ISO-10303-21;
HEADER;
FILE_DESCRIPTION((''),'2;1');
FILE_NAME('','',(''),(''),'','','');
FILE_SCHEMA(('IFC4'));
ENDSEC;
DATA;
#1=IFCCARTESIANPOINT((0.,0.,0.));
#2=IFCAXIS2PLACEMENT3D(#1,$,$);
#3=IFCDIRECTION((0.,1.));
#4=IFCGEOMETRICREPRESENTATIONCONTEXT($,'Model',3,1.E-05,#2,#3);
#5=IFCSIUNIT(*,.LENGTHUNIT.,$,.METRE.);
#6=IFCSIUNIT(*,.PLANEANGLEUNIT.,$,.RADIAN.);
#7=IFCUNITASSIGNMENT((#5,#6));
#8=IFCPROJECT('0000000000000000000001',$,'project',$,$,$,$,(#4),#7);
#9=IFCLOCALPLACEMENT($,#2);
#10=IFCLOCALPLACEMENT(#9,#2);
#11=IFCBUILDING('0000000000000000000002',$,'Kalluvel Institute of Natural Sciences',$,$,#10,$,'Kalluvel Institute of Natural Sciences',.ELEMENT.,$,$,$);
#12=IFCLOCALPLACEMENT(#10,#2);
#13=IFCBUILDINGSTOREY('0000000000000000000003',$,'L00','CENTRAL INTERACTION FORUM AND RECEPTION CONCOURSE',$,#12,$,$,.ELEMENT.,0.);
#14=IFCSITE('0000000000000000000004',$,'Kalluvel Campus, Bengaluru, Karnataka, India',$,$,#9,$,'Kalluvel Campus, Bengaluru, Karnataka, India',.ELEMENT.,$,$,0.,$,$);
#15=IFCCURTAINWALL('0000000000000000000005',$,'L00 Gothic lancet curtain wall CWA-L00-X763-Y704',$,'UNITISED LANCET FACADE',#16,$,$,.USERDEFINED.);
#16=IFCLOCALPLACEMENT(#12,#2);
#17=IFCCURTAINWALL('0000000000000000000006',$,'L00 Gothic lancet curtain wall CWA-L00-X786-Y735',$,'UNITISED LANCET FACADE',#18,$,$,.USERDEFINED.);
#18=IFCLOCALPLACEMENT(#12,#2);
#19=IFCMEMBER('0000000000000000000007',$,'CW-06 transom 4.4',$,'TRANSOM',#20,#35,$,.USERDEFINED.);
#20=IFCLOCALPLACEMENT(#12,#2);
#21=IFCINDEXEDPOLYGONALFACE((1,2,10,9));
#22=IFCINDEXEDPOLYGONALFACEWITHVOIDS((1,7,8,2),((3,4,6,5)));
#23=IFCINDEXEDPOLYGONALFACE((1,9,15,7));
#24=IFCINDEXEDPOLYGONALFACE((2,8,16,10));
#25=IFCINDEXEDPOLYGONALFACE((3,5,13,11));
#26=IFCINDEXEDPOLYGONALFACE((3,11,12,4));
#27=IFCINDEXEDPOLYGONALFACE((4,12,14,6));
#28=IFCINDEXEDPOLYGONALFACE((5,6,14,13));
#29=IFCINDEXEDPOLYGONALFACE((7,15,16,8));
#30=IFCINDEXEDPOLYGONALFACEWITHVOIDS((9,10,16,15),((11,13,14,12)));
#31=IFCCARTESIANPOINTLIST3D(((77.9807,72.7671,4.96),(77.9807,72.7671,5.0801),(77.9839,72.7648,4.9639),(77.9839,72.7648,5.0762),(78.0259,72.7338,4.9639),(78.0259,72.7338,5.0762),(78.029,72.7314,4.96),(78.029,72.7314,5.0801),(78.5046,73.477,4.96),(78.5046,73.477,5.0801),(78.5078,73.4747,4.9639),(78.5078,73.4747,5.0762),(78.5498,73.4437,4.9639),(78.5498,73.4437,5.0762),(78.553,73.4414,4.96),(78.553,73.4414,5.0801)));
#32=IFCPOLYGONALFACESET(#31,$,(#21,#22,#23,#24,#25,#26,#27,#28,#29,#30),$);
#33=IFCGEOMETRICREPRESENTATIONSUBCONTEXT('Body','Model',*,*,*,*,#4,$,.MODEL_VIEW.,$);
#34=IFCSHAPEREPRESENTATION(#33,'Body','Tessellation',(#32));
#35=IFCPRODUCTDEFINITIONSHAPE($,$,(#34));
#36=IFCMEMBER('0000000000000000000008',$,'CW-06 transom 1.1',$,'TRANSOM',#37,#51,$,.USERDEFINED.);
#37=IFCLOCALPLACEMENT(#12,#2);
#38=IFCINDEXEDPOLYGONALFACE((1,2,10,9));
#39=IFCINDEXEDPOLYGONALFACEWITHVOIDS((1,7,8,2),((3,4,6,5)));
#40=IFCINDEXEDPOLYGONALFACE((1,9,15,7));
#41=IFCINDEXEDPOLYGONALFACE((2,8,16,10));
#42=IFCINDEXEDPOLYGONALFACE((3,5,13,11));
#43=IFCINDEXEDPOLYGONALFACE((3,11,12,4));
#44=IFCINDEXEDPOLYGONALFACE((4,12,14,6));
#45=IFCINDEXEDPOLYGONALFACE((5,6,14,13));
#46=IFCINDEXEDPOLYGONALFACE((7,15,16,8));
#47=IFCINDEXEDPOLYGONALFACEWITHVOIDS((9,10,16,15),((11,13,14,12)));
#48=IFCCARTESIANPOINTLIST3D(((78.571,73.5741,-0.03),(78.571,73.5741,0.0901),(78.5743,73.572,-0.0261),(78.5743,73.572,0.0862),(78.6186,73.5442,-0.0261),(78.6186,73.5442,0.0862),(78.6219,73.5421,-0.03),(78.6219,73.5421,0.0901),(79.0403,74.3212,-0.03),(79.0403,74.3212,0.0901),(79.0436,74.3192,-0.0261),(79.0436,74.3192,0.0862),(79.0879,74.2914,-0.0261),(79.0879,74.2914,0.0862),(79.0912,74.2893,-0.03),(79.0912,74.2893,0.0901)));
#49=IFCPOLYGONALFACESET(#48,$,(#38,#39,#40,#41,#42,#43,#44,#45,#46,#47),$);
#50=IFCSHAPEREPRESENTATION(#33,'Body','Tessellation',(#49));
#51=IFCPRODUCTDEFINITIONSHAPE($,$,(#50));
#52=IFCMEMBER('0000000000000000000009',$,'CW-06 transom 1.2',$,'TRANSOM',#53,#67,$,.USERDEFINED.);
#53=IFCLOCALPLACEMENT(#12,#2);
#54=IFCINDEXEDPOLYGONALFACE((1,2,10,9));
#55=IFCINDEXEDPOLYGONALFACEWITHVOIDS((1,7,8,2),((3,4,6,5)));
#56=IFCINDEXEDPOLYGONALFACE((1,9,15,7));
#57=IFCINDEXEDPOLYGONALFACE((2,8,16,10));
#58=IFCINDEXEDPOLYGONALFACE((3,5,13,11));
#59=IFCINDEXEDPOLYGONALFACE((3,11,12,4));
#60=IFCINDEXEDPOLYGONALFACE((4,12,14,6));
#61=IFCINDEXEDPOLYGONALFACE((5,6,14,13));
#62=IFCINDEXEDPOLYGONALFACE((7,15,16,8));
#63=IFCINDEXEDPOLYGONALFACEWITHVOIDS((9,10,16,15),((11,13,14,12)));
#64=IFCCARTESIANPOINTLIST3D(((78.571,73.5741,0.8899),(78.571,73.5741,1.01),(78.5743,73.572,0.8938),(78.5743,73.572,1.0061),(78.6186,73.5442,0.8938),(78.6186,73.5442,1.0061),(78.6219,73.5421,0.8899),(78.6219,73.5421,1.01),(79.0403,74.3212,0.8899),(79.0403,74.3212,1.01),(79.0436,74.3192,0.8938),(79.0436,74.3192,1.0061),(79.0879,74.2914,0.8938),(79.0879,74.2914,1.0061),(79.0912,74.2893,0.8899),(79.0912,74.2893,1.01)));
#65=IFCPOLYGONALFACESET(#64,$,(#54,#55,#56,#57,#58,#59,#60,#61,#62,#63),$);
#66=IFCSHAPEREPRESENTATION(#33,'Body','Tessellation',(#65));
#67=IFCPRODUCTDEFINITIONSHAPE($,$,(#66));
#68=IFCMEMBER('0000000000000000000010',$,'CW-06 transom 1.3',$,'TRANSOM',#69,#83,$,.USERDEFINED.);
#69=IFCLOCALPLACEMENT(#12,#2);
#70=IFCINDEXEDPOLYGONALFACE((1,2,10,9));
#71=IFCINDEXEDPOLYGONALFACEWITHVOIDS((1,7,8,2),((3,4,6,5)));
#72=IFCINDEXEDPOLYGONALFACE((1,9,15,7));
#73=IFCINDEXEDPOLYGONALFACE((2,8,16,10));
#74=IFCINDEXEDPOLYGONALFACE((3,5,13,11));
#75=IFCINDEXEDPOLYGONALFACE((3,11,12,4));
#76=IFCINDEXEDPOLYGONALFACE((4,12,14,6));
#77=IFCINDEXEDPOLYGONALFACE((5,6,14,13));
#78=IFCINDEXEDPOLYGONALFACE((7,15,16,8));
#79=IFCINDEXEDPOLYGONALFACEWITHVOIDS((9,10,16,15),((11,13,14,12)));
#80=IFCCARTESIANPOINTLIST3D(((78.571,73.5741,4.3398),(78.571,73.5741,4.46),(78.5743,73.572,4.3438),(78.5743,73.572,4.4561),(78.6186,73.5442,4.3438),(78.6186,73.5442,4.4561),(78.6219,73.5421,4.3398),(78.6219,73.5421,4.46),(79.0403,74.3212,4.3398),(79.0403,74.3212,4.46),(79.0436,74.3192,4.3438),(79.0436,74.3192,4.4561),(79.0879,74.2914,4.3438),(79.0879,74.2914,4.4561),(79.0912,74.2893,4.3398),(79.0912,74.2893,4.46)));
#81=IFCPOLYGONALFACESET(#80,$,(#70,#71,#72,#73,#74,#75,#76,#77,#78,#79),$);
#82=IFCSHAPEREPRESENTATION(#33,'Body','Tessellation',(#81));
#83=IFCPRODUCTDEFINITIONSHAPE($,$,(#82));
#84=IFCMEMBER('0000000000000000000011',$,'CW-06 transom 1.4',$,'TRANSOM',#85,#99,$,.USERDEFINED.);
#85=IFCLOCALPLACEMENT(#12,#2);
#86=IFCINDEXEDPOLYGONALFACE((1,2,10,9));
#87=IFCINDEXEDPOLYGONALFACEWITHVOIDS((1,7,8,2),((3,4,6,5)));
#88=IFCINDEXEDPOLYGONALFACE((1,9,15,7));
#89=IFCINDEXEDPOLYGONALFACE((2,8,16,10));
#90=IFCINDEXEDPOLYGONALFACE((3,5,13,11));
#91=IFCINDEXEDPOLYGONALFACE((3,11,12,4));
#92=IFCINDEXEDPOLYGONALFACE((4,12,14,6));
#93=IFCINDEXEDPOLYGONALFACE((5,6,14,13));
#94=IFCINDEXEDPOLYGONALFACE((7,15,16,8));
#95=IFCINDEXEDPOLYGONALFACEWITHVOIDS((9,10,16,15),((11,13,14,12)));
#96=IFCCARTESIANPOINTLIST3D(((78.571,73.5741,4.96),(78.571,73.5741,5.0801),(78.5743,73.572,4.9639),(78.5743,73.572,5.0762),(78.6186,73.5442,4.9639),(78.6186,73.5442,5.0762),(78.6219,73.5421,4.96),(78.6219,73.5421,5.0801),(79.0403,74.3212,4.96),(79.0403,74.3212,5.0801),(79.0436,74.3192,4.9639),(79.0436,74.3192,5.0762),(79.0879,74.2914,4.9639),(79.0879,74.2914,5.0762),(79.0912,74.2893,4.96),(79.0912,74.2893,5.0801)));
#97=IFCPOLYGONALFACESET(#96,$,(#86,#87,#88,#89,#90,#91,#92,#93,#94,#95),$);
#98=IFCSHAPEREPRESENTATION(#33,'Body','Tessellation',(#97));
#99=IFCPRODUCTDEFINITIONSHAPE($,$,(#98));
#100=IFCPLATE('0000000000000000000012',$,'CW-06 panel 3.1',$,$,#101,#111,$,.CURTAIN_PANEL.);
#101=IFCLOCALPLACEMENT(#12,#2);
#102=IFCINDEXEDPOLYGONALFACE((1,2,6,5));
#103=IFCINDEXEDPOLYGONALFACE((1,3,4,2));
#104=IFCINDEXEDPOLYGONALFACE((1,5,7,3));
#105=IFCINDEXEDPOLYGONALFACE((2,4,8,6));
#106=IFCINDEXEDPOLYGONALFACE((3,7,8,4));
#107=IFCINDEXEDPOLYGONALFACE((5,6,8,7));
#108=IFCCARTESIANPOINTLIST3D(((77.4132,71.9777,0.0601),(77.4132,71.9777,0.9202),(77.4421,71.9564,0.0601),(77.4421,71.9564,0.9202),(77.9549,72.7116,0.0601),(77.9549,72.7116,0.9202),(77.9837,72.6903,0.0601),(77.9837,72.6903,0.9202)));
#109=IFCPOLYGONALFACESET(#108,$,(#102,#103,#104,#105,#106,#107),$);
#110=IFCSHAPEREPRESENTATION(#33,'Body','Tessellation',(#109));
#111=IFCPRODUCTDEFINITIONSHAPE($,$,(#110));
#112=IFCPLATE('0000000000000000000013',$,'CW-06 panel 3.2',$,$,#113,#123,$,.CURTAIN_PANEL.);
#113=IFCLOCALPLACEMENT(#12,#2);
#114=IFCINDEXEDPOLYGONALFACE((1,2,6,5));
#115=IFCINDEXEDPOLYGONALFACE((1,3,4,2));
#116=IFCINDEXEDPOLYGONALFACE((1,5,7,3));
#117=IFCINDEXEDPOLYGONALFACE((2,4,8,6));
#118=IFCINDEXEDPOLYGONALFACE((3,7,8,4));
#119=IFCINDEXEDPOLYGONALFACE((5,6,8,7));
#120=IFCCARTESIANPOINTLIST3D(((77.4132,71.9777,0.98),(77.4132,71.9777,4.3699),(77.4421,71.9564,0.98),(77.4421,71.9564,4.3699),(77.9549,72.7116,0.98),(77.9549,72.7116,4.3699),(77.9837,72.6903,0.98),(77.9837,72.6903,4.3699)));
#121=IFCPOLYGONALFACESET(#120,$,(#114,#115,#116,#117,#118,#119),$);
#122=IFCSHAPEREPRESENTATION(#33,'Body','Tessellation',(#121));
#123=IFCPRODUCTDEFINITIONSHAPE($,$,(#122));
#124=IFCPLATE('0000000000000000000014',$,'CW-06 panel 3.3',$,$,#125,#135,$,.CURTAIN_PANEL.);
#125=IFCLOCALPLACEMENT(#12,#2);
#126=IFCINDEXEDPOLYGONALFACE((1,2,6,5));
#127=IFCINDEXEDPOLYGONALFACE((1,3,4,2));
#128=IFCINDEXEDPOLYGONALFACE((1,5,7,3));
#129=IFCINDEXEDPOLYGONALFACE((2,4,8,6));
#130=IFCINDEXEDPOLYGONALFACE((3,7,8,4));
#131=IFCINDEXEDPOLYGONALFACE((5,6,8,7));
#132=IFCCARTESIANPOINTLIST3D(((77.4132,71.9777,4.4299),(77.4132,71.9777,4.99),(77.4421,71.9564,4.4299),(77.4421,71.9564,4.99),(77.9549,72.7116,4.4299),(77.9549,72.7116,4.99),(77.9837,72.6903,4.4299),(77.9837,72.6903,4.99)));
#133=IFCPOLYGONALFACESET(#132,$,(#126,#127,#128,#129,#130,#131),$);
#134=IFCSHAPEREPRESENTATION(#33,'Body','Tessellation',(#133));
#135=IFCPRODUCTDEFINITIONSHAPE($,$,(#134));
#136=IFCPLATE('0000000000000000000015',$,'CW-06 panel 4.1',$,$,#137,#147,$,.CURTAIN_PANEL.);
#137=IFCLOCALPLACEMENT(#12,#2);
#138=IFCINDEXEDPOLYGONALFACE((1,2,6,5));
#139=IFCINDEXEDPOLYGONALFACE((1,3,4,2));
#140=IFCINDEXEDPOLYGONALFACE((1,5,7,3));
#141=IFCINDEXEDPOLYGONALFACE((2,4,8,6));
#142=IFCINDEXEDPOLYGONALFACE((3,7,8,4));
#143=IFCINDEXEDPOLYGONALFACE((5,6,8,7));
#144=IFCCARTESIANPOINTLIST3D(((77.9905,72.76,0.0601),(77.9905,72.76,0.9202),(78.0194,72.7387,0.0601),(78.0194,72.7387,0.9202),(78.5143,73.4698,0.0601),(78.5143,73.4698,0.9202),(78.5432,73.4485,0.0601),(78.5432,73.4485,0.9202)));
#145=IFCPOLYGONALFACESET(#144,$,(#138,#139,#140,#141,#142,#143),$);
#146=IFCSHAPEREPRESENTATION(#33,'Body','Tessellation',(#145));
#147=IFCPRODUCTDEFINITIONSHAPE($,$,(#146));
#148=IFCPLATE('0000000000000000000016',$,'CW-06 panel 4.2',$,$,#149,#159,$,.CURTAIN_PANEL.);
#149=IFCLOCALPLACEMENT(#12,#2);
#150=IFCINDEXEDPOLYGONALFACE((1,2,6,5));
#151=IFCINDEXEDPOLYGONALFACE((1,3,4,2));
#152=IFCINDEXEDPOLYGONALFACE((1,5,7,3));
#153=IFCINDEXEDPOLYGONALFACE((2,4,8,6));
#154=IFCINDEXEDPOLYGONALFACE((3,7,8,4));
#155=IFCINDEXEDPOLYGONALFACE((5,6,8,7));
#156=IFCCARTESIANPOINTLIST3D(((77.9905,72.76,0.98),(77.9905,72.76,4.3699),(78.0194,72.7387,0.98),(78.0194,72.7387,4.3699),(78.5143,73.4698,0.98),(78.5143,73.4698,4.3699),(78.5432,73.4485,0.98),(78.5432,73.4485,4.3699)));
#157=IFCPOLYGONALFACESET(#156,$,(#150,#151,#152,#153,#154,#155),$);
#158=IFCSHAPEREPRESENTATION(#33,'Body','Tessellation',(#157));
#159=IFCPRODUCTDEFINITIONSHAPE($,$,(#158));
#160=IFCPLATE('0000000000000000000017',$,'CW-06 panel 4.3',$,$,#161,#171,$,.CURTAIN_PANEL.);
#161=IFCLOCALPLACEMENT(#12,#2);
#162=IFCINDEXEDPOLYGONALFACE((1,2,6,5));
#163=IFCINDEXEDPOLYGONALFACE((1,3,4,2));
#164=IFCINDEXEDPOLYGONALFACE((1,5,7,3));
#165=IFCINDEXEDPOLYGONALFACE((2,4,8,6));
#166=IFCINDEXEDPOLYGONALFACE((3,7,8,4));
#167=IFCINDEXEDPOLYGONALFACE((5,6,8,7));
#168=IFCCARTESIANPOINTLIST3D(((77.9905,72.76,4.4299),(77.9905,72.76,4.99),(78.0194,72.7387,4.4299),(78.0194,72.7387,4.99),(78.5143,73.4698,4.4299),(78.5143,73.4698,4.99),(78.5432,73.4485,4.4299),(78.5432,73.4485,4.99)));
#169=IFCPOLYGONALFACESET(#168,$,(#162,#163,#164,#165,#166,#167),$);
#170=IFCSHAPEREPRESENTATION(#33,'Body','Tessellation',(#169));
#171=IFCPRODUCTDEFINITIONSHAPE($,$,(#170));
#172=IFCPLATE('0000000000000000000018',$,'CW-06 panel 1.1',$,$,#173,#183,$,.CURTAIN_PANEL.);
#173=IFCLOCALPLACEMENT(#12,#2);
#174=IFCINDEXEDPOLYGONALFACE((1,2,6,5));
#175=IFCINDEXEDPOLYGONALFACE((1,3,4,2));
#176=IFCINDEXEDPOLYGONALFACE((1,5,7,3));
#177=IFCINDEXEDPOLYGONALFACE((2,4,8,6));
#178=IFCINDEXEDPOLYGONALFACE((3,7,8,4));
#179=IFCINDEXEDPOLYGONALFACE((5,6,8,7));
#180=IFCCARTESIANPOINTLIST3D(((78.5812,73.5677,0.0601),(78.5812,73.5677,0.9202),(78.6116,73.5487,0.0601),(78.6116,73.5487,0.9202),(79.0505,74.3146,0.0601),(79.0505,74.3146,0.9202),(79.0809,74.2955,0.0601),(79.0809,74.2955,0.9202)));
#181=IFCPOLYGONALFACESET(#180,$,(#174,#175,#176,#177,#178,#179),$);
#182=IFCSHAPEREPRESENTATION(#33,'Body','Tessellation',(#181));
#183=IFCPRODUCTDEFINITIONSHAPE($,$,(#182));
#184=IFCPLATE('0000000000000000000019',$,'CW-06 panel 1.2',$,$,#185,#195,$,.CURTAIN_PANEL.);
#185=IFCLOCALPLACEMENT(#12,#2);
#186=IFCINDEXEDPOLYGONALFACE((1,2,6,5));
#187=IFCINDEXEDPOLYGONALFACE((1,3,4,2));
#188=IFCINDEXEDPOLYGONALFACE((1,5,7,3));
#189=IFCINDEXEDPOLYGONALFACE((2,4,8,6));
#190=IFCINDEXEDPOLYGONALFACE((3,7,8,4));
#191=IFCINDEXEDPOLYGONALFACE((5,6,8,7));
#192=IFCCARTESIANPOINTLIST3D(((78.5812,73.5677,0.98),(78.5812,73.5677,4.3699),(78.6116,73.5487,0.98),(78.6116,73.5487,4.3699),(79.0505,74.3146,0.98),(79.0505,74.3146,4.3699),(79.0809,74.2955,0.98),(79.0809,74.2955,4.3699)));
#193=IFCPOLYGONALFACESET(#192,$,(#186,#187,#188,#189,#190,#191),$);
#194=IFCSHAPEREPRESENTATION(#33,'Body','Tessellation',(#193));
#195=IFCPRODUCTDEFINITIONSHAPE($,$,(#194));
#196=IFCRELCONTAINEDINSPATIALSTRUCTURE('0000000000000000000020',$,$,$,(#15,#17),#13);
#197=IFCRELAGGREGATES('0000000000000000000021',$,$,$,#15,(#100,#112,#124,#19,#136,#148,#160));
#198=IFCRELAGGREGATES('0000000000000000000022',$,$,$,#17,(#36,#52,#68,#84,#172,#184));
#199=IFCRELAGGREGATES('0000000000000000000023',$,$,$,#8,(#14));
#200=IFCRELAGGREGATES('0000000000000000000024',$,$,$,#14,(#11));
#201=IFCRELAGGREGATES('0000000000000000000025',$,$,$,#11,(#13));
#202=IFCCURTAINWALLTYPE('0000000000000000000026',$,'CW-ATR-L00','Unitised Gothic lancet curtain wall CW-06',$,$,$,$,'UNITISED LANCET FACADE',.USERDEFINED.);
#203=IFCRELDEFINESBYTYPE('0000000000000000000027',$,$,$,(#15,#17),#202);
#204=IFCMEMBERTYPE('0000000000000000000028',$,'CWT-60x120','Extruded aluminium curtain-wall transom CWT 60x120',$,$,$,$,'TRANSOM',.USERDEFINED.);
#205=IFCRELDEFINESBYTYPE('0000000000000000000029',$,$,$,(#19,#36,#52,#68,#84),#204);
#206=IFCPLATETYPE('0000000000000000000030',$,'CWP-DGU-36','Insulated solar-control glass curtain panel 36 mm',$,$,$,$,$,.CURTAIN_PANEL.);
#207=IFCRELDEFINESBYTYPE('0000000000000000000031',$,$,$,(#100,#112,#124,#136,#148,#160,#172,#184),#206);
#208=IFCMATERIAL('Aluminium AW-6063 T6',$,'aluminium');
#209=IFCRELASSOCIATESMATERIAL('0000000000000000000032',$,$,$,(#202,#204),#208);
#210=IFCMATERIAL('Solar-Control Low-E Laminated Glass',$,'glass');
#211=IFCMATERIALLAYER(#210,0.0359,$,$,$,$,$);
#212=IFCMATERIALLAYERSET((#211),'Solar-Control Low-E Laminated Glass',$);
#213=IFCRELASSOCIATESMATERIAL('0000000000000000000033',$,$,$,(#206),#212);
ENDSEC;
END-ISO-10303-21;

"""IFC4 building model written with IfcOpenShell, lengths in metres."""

from ifc_helpers import new_model, si_unit, direction, frame, origin, origin_2d, place, context, subcontext, project, spatial, rectangle, hollow_rectangle, extrude, material, layer, layer_set, material_profile, profile_set, type_object, element, aggregate, save


model = new_model("IFC4")

# Units and contexts
model_context = context("Model", 3, precision=1e-05, world=origin(), true_north=direction((0.0, 1.0)))
body_context = subcontext(model_context, "Body", "Model", "MODEL_VIEW")
ifc_project = project(units=[si_unit("LENGTHUNIT", "METRE"), si_unit("PLANEANGLEUNIT", "RADIAN")], contexts=[model_context])

# Site, building, storey
site_placement = place(None, origin())
site = spatial("IfcSite", under=ifc_project, at=site_placement, Name="Kalluvel Campus, Bengaluru, Karnataka, India", LongName="Kalluvel Campus, Bengaluru, Karnataka, India", CompositionType="ELEMENT", RefElevation=0.0)
building_placement = place(site_placement, origin())
building = spatial("IfcBuilding", under=site, at=building_placement, Name="Kalluvel Institute of Natural Sciences", LongName="Kalluvel Institute of Natural Sciences", CompositionType="ELEMENT")
storey_placement = place(building_placement, origin())
storey = spatial("IfcBuildingStorey", under=building, at=storey_placement, Name="L00", Description="CENTRAL INTERACTION FORUM AND RECEPTION CONCOURSE", CompositionType="ELEMENT", Elevation=0.0)

# Curtain wall
ifc_material_1 = material(Name="Aluminium AW-6063 T6", Category="aluminium")
curtain_wall_type = type_object("IfcCurtainWallType", Name="CW-ATR-L00", Description="Unitised Gothic lancet curtain wall CW-06", ElementType="UNITISED LANCET FACADE", PredefinedType="USERDEFINED", material=ifc_material_1)
curtain_wall_1_placement = place(storey_placement, origin())
curtain_wall_1 = element("IfcCurtainWall", 1, at=curtain_wall_1_placement, inside=storey, type_object=curtain_wall_type, Name="L00 Gothic lancet curtain wall CWA-L00-X763-Y704", ObjectType="UNITISED LANCET FACADE", PredefinedType="USERDEFINED")

# Curtain wall
curtain_wall_2_placement = place(storey_placement, origin())
curtain_wall_2 = element("IfcCurtainWall", 2, at=curtain_wall_2_placement, inside=storey, type_object=curtain_wall_type, Name="L00 Gothic lancet curtain wall CWA-L00-X786-Y735", ObjectType="UNITISED LANCET FACADE", PredefinedType="USERDEFINED")

# Members
ifc_material_profile_1 = material_profile(ifc_material_1, hollow_rectangle(XDim=0.0601, YDim=0.1201, WallThickness=0.0039, at=origin_2d()), Name="CWT 60x120")
ifc_profile_set_1 = profile_set([ifc_material_profile_1], Name="Aluminium AW-6063 T6")
member_type_1 = type_object("IfcMemberType", Name="CWT-60x120", Description="Extruded aluminium curtain-wall transom CWT 60x120", ElementType="TRANSOM", PredefinedType="USERDEFINED", material=ifc_profile_set_1)
member_1_placement = place(storey_placement, frame((78.0049, 72.7493, 5.02), z_axis=(0.593784, 0.804624, 0.0), x_axis=(-0.804624, 0.593784, 0.0)))
member_1 = element("IfcMember", 3, at=member_1_placement, type_object=member_type_1, Name="CW-06 transom 4.4", ObjectType="TRANSOM", PredefinedType="USERDEFINED", context=body_context, shape_type="SweptSolid", body=[
    extrude(hollow_rectangle(XDim=0.0601, YDim=0.1201, WallThickness=0.0039, at=origin_2d()), origin(), (0.0, 0.0, 1.0), 0.8823),
])
member_2_placement = place(storey_placement, frame((78.5964, 73.5581, 0.03), z_axis=(0.531888, 0.846815, 0.0), x_axis=(-0.846815, 0.531888, 0.0)))
member_2 = element("IfcMember", 4, at=member_2_placement, type_object=member_type_1, Name="CW-06 transom 1.1", ObjectType="TRANSOM", PredefinedType="USERDEFINED", context=body_context, shape_type="SweptSolid", body=[
    extrude(hollow_rectangle(XDim=0.0601, YDim=0.1201, WallThickness=0.0039, at=origin_2d()), origin(), (0.0, 0.0, 1.0), 0.8823),
])
member_3_placement = place(storey_placement, frame((78.5964, 73.5581, 0.95), z_axis=(0.531888, 0.846815, 0.0), x_axis=(-0.846815, 0.531888, 0.0)))
member_3 = element("IfcMember", 5, at=member_3_placement, type_object=member_type_1, Name="CW-06 transom 1.2", ObjectType="TRANSOM", PredefinedType="USERDEFINED", context=body_context, shape_type="SweptSolid", body=[
    extrude(hollow_rectangle(XDim=0.0601, YDim=0.1201, WallThickness=0.0039, at=origin_2d()), origin(), (0.0, 0.0, 1.0), 0.8823),
])
member_4_placement = place(storey_placement, frame((78.5964, 73.5581, 4.3999), z_axis=(0.531888, 0.846815, 0.0), x_axis=(-0.846815, 0.531888, 0.0)))
member_4 = element("IfcMember", 6, at=member_4_placement, type_object=member_type_1, Name="CW-06 transom 1.3", ObjectType="TRANSOM", PredefinedType="USERDEFINED", context=body_context, shape_type="SweptSolid", body=[
    extrude(hollow_rectangle(XDim=0.0601, YDim=0.1201, WallThickness=0.0039, at=origin_2d()), origin(), (0.0, 0.0, 1.0), 0.8823),
])
member_5_placement = place(storey_placement, frame((78.5964, 73.5581, 5.02), z_axis=(0.531888, 0.846815, 0.0), x_axis=(-0.846815, 0.531888, 0.0)))
member_5 = element("IfcMember", 7, at=member_5_placement, type_object=member_type_1, Name="CW-06 transom 1.4", ObjectType="TRANSOM", PredefinedType="USERDEFINED", context=body_context, shape_type="SweptSolid", body=[
    extrude(hollow_rectangle(XDim=0.0601, YDim=0.1201, WallThickness=0.0039, at=origin_2d()), origin(), (0.0, 0.0, 1.0), 0.8823),
])

# Plates
ifc_material_2 = material(Name="Solar-Control Low-E Laminated Glass", Category="glass")
ifc_layer = layer(ifc_material_2, 0.0359)
ifc_layer_set = layer_set([ifc_layer], Name="Solar-Control Low-E Laminated Glass")
plate_type = type_object("IfcPlateType", Name="CWP-DGU-36", Description="Insulated solar-control glass curtain panel 36 mm", PredefinedType="CURTAIN_PANEL", material=ifc_layer_set)
plate_1_placement = place(storey_placement, frame((77.6985, 72.334, 0.0601), z_axis=(0.0, 0.0, 1.0), x_axis=(0.593815, 0.804602, 0.0)))
plate_1 = element("IfcPlate", 8, at=plate_1_placement, type_object=plate_type, Name="CW-06 panel 3.1", PredefinedType="CURTAIN_PANEL", context=body_context, shape_type="SweptSolid", body=[
    extrude(rectangle(XDim=0.9121, YDim=0.0359, at=origin_2d()), origin(), (0.0, 0.0, 1.0), 0.8601),
])
plate_2_placement = place(storey_placement, frame((77.6985, 72.334, 0.98), z_axis=(0.0, 0.0, 1.0), x_axis=(0.593815, 0.804602, 0.0)))
plate_2 = element("IfcPlate", 9, at=plate_2_placement, type_object=plate_type, Name="CW-06 panel 3.2", PredefinedType="CURTAIN_PANEL", context=body_context, shape_type="SweptSolid", body=[
    extrude(rectangle(XDim=0.9121, YDim=0.0359, at=origin_2d()), origin(), (0.0, 0.0, 1.0), 3.3899),
])
plate_3_placement = place(storey_placement, frame((77.6985, 72.334, 4.4299), z_axis=(0.0, 0.0, 1.0), x_axis=(0.593815, 0.804602, 0.0)))
plate_3 = element("IfcPlate", 10, at=plate_3_placement, type_object=plate_type, Name="CW-06 panel 3.3", PredefinedType="CURTAIN_PANEL", context=body_context, shape_type="SweptSolid", body=[
    extrude(rectangle(XDim=0.9121, YDim=0.0359, at=origin_2d()), origin(), (0.0, 0.0, 1.0), 0.5601),
])
plate_4_placement = place(storey_placement, frame((78.2668, 73.1042, 0.0601), z_axis=(0.0, 0.0, 1.0), x_axis=(0.593815, 0.804602, 0.0)))
plate_4 = element("IfcPlate", 11, at=plate_4_placement, type_object=plate_type, Name="CW-06 panel 4.1", PredefinedType="CURTAIN_PANEL", context=body_context, shape_type="SweptSolid", body=[
    extrude(rectangle(XDim=0.8821, YDim=0.0359, at=origin_2d()), origin(), (0.0, 0.0, 1.0), 0.8601),
])
plate_5_placement = place(storey_placement, frame((78.2668, 73.1042, 0.98), z_axis=(0.0, 0.0, 1.0), x_axis=(0.593815, 0.804602, 0.0)))
plate_5 = element("IfcPlate", 12, at=plate_5_placement, type_object=plate_type, Name="CW-06 panel 4.2", PredefinedType="CURTAIN_PANEL", context=body_context, shape_type="SweptSolid", body=[
    extrude(rectangle(XDim=0.8821, YDim=0.0359, at=origin_2d()), origin(), (0.0, 0.0, 1.0), 3.3899),
])
plate_6_placement = place(storey_placement, frame((78.2668, 73.1042, 4.4299), z_axis=(0.0, 0.0, 1.0), x_axis=(0.593815, 0.804602, 0.0)))
plate_6 = element("IfcPlate", 13, at=plate_6_placement, type_object=plate_type, Name="CW-06 panel 4.3", PredefinedType="CURTAIN_PANEL", context=body_context, shape_type="SweptSolid", body=[
    extrude(rectangle(XDim=0.8821, YDim=0.0359, at=origin_2d()), origin(), (0.0, 0.0, 1.0), 0.5601),
])
aggregate(curtain_wall_1, [plate_1, plate_2, plate_3, member_1, plate_4, plate_5, plate_6])
plate_7_placement = place(storey_placement, frame((78.8311, 73.9316, 0.0601), z_axis=(0.0, 0.0, 1.0), x_axis=(0.532036, 0.846722, 0.0)))
plate_7 = element("IfcPlate", 14, at=plate_7_placement, type_object=plate_type, Name="CW-06 panel 1.1", PredefinedType="CURTAIN_PANEL", context=body_context, shape_type="SweptSolid", body=[
    extrude(rectangle(XDim=0.8821, YDim=0.0359, at=origin_2d()), origin(), (0.0, 0.0, 1.0), 0.8601),
])
plate_8_placement = place(storey_placement, frame((78.8311, 73.9316, 0.98), z_axis=(0.0, 0.0, 1.0), x_axis=(0.532036, 0.846722, 0.0)))
plate_8 = element("IfcPlate", 15, at=plate_8_placement, type_object=plate_type, Name="CW-06 panel 1.2", PredefinedType="CURTAIN_PANEL", context=body_context, shape_type="SweptSolid", body=[
    extrude(rectangle(XDim=0.8821, YDim=0.0359, at=origin_2d()), origin(), (0.0, 0.0, 1.0), 3.3899),
])
aggregate(curtain_wall_2, [member_2, member_3, member_4, member_5, plate_7, plate_8])

save(model, "model.ifc")
